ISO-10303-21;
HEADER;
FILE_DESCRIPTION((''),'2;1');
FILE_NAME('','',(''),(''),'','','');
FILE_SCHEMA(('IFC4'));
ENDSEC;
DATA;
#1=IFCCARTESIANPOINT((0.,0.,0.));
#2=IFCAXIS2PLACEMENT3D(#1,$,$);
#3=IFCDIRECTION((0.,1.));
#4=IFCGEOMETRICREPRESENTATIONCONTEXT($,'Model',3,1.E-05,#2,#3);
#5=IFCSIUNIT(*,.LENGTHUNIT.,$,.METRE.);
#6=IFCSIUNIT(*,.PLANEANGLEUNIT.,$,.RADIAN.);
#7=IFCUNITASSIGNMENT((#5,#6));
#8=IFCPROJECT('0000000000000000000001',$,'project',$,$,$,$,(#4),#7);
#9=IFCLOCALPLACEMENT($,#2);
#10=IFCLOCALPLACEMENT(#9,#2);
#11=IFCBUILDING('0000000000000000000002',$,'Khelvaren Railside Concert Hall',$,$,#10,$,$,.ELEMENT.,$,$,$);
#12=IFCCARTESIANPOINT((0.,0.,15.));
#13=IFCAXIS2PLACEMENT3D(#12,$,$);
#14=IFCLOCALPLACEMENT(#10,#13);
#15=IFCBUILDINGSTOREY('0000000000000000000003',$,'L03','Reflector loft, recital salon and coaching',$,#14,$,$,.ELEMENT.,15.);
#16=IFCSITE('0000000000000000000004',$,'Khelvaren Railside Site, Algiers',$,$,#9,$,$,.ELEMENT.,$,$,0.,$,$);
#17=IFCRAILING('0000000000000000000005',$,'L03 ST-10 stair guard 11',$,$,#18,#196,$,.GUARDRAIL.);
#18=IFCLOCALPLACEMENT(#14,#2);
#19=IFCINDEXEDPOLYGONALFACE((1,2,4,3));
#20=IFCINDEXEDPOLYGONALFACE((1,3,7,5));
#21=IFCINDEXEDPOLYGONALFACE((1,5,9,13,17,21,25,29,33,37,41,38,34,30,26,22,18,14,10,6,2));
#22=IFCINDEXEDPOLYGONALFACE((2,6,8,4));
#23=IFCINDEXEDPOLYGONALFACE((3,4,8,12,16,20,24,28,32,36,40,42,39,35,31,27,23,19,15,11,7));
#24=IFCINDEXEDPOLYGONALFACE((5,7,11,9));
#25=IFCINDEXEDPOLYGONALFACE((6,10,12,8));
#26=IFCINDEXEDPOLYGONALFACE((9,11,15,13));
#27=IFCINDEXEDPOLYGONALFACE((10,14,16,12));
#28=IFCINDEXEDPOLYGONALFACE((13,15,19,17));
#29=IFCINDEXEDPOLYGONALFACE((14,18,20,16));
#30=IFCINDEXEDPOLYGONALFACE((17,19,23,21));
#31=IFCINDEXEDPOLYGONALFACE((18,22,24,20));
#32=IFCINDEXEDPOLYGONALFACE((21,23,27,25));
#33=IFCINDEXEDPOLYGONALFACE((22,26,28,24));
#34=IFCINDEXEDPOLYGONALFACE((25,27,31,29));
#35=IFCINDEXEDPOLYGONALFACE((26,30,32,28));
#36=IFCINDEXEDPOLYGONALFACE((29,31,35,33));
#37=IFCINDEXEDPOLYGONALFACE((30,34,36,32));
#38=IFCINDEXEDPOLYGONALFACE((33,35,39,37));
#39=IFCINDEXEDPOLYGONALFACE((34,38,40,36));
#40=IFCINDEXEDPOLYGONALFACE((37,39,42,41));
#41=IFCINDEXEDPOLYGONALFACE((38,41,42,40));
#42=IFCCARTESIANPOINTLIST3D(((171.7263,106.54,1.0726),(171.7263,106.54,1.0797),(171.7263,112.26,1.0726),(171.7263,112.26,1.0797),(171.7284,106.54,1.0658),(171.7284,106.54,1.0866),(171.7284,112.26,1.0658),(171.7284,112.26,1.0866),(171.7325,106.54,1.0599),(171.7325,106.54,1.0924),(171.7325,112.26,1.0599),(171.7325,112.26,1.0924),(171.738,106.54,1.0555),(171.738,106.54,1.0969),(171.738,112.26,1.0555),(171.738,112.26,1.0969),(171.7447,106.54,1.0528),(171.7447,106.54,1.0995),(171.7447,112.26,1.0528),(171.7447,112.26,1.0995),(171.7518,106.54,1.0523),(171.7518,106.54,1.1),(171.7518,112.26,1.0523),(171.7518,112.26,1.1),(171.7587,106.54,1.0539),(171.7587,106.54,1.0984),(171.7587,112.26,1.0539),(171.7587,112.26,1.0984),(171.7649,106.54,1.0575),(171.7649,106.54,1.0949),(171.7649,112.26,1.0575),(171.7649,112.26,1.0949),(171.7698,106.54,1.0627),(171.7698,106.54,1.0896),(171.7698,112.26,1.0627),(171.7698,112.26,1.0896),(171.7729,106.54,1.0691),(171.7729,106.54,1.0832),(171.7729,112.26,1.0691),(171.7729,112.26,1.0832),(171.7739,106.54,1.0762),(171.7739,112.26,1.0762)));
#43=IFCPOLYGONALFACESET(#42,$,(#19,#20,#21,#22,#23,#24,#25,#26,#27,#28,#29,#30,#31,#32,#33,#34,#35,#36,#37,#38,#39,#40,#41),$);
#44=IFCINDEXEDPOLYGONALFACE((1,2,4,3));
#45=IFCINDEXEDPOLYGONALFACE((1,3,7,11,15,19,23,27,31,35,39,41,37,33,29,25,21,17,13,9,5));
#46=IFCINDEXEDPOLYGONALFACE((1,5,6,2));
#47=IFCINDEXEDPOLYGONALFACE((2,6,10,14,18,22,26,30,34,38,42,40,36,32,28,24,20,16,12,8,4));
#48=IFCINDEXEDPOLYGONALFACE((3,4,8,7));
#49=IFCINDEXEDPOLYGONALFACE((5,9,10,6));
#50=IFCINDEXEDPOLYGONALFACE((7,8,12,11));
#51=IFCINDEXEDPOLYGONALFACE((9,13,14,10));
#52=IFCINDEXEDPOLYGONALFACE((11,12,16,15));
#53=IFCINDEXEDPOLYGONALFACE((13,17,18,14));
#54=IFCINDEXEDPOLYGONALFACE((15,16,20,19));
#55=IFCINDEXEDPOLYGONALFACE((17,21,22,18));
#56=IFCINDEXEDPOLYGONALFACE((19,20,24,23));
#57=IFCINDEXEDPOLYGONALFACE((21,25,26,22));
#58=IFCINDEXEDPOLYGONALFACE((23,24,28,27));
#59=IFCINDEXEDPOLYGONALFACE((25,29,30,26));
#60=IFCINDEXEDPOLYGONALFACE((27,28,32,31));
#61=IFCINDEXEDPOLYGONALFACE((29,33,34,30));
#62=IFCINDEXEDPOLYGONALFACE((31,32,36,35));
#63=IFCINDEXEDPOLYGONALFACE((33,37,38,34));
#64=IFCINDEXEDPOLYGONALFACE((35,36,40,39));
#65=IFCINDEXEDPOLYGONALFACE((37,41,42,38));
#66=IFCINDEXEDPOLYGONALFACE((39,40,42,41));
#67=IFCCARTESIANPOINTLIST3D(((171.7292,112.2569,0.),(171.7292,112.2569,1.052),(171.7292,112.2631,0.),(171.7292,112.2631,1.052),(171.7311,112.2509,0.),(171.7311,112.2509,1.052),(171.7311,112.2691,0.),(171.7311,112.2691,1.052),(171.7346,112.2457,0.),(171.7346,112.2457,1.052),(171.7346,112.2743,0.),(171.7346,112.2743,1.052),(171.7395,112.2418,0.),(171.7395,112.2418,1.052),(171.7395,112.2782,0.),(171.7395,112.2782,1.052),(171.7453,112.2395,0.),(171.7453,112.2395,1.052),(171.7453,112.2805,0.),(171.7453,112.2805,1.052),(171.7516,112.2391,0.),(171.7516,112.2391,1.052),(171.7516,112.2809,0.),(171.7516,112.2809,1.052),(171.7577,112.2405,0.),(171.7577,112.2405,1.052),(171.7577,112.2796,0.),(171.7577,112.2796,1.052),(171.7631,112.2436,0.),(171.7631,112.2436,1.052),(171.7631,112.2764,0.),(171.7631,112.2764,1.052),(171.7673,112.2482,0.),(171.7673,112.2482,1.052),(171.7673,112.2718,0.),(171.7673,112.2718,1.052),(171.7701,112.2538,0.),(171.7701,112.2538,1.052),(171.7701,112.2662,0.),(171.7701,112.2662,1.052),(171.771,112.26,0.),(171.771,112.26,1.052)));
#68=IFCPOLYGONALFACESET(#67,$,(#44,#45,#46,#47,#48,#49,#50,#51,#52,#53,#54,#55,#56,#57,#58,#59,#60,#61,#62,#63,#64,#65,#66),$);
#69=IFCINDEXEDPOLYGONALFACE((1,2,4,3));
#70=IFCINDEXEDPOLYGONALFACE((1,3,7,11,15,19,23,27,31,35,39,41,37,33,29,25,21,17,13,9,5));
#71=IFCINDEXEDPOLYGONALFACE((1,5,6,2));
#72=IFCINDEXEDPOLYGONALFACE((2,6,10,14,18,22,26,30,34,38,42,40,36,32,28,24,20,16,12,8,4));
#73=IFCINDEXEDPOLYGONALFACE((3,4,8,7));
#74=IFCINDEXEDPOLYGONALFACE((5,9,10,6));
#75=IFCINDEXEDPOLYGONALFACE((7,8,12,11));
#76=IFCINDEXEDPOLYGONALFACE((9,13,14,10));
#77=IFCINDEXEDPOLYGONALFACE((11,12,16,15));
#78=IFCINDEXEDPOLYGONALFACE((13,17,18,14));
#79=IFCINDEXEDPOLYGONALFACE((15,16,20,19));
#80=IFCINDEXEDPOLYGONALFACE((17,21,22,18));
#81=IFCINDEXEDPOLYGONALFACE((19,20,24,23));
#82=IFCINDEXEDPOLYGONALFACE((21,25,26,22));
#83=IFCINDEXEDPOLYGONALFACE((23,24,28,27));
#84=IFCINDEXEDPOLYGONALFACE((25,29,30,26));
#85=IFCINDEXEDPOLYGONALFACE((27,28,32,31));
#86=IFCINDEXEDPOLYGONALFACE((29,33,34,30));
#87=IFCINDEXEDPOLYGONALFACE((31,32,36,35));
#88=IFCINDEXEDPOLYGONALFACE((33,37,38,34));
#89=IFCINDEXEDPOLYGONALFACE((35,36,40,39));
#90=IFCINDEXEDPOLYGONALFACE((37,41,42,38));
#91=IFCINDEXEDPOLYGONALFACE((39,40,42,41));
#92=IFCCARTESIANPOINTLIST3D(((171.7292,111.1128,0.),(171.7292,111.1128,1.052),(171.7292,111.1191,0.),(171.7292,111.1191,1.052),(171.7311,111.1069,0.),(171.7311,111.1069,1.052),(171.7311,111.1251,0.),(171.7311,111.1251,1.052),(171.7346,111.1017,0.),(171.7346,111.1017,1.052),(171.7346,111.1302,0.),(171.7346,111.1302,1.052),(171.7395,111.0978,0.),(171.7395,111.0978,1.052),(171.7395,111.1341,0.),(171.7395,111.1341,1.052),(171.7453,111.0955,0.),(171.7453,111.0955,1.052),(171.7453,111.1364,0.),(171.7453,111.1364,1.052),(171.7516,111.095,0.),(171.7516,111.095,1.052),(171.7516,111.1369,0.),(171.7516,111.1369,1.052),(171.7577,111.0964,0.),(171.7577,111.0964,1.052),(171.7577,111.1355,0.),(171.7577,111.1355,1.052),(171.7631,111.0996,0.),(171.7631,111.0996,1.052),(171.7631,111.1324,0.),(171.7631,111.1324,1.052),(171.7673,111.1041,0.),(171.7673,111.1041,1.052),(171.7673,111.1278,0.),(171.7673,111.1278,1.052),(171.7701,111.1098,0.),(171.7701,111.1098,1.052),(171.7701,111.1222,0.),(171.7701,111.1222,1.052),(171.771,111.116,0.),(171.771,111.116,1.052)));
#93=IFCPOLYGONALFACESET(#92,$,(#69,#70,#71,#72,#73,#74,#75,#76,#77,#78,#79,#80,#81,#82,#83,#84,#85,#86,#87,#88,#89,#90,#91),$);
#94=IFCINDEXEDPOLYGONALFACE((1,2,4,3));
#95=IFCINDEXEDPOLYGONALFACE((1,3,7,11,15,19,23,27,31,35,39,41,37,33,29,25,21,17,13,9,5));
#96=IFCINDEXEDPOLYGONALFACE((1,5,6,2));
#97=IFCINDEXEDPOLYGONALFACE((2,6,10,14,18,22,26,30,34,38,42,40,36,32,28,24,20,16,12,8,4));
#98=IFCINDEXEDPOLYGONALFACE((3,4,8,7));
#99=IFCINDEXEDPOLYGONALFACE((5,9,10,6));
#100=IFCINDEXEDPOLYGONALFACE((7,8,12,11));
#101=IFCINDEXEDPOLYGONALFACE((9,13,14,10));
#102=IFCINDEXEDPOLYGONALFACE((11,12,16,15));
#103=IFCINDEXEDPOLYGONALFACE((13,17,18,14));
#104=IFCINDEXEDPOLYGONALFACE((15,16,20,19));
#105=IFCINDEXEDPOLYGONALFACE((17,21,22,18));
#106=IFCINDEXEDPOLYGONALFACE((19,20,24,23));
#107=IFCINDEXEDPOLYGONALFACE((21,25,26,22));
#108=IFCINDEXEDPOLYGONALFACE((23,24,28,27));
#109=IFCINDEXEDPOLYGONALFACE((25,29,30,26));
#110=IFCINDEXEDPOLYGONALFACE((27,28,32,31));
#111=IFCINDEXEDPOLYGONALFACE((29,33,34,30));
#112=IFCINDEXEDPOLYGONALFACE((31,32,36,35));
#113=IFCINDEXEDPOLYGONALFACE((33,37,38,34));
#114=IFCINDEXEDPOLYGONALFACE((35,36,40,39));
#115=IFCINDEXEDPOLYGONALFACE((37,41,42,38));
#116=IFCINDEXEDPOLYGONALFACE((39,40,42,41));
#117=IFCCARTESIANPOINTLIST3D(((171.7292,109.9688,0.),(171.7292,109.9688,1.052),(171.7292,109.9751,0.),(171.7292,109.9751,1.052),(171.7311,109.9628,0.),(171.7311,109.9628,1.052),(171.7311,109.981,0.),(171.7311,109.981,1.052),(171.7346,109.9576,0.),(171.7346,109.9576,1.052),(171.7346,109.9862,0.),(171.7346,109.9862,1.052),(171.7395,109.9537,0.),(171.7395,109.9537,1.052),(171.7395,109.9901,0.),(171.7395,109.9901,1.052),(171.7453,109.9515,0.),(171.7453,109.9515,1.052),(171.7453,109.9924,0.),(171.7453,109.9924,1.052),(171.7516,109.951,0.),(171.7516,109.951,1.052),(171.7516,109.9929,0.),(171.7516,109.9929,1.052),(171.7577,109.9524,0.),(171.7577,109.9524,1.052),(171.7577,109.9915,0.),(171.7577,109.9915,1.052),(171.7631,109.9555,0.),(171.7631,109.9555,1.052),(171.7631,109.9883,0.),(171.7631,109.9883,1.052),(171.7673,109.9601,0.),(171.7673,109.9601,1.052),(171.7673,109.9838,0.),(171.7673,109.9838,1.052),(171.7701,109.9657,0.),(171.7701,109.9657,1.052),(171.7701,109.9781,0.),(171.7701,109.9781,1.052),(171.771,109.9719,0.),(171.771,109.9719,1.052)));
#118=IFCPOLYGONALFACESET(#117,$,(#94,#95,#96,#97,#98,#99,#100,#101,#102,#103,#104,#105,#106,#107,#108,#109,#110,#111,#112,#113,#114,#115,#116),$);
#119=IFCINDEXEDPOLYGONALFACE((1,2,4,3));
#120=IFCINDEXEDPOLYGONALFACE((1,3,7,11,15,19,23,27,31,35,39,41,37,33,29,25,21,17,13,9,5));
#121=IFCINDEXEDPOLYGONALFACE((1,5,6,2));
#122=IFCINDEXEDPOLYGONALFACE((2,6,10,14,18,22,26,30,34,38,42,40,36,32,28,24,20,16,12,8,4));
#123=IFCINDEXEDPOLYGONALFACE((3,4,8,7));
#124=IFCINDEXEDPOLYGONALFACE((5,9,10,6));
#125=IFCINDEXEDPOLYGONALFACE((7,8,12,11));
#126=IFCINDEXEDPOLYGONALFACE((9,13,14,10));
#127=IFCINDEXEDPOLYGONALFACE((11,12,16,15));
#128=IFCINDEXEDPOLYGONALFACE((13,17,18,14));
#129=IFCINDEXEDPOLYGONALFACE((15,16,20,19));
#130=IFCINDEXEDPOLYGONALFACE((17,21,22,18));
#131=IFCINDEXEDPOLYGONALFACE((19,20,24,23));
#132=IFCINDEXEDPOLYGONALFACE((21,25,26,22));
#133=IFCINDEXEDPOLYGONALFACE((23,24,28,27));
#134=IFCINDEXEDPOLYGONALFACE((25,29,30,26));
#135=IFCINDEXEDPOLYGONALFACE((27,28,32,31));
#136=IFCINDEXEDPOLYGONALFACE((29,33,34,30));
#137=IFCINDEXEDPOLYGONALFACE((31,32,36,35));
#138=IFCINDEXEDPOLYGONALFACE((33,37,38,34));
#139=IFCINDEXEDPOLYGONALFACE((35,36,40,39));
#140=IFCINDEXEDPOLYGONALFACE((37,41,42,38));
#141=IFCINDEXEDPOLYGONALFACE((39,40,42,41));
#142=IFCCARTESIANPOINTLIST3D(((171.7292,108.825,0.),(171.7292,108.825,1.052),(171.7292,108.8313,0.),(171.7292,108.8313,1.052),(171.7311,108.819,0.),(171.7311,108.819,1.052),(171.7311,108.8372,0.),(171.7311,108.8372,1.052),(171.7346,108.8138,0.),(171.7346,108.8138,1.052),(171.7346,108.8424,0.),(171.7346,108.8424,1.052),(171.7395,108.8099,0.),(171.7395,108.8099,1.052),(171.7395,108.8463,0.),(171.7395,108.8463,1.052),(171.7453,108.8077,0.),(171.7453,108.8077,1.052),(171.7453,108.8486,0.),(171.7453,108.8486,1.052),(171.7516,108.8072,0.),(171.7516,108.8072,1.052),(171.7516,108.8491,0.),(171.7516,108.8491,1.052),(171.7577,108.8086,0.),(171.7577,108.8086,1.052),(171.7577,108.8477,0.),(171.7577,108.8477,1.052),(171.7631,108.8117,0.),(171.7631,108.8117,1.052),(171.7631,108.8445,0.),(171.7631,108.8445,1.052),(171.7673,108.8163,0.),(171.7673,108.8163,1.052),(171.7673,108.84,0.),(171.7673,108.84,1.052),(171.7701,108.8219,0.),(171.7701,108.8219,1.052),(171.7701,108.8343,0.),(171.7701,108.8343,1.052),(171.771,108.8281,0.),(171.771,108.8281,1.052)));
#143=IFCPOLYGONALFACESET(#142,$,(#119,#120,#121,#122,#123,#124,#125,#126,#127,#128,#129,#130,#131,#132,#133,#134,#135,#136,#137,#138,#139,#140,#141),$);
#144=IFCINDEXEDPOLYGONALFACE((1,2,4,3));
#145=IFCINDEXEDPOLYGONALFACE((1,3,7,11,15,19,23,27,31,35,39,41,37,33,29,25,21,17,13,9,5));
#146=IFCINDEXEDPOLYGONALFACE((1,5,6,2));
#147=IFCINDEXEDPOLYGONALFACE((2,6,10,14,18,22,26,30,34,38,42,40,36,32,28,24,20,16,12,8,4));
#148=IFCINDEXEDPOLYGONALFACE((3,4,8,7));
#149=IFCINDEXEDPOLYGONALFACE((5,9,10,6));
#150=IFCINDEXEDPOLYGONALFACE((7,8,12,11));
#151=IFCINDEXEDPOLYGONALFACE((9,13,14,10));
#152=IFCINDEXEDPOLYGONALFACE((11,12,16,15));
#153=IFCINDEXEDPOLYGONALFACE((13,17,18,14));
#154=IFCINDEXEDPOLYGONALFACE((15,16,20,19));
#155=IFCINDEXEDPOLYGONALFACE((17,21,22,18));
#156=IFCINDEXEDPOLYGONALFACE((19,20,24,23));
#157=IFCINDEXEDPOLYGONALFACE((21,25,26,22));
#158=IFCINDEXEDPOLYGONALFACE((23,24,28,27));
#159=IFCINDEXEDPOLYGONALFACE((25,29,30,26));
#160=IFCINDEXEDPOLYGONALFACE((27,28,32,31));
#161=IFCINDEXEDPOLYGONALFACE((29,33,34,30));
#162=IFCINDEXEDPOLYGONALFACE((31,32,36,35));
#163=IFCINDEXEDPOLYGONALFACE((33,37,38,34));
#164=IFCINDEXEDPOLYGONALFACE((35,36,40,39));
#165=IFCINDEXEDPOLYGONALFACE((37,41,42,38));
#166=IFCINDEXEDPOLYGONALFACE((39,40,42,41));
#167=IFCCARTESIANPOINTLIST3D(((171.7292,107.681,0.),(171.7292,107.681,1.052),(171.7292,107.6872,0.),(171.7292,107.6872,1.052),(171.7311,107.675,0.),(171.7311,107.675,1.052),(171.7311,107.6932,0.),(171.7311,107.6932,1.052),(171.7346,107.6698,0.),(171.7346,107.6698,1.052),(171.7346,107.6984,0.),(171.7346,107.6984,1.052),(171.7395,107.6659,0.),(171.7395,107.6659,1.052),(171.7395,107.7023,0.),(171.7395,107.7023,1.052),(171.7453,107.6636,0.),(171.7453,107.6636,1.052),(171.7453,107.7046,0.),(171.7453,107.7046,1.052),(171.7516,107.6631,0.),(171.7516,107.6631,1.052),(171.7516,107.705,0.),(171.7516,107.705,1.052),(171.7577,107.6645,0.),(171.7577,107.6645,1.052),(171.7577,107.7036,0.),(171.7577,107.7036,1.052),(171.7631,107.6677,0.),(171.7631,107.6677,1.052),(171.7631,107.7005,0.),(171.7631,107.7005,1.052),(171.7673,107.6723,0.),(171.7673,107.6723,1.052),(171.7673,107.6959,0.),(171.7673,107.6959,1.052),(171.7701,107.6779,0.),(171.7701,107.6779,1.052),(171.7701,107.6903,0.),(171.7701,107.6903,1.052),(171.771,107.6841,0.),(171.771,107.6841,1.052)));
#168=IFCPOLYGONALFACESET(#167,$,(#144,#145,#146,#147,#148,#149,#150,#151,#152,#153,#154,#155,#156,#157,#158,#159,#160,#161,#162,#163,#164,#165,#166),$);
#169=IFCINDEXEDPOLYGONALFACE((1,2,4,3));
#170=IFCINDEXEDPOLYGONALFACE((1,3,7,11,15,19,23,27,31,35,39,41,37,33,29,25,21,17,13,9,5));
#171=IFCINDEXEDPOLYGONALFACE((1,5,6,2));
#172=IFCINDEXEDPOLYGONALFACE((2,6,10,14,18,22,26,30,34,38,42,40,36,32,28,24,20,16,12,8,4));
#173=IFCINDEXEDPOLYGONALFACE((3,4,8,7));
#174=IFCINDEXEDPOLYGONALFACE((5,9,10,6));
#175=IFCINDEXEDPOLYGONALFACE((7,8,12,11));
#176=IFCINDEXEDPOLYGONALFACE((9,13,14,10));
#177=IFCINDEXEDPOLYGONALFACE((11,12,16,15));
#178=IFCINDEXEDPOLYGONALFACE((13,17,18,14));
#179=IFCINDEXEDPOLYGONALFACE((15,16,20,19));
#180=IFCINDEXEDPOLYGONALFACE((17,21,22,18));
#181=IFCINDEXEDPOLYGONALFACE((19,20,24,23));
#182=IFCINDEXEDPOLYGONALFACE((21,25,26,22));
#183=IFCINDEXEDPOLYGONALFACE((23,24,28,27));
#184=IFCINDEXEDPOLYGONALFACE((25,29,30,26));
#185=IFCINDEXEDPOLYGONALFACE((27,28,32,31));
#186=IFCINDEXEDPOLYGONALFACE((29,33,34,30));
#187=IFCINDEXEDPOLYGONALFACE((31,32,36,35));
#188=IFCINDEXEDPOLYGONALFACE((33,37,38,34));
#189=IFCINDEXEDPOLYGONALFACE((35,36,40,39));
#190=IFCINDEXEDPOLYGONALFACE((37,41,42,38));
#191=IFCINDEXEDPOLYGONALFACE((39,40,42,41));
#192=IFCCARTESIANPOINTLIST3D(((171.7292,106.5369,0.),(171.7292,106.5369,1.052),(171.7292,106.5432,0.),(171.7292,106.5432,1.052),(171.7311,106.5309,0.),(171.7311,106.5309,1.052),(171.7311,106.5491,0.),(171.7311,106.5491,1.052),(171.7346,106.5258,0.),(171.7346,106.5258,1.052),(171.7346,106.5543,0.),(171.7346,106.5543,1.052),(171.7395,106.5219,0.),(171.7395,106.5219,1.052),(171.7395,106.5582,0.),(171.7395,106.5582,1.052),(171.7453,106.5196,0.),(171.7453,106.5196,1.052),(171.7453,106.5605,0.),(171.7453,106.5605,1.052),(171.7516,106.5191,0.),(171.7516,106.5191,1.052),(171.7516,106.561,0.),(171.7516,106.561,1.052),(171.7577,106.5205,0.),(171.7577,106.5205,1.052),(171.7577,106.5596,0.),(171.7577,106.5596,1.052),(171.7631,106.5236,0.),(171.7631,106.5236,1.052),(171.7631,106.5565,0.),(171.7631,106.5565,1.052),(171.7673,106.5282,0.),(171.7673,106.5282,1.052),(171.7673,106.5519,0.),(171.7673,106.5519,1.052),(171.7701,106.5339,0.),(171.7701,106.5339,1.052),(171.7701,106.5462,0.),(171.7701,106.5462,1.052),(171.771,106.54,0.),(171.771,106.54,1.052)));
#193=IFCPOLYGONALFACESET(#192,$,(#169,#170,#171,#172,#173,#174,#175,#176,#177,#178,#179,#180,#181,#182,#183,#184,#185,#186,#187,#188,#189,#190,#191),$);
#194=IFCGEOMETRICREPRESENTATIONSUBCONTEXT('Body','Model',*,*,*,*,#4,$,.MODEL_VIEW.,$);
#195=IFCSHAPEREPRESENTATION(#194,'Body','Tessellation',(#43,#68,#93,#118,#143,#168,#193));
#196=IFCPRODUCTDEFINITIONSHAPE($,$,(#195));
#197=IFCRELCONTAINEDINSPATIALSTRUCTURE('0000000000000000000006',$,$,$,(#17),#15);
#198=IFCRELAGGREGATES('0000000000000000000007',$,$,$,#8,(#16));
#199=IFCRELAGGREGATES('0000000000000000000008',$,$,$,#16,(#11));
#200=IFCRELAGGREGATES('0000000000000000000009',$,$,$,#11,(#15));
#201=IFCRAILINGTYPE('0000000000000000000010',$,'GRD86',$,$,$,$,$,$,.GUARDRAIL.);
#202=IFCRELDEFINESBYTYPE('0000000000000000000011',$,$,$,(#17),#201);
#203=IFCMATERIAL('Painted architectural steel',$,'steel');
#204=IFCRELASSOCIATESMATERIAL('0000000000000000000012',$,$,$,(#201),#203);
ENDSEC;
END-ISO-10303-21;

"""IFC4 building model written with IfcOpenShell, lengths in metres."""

from ifc_helpers import new_model, si_unit, direction, frame, origin, origin_2d, place, context, subcontext, project, spatial, circle, extrude, material, type_object, element, save


model = new_model("IFC4")

# Units and contexts
model_context = context("Model", 3, precision=1e-05, world=origin(), true_north=direction((0.0, 1.0)))
body_context = subcontext(model_context, "Body", "Model", "MODEL_VIEW")
ifc_project = project(units=[si_unit("LENGTHUNIT", "METRE"), si_unit("PLANEANGLEUNIT", "RADIAN")], contexts=[model_context])

# Site, building, storey
site_placement = place(None, origin())
site = spatial("IfcSite", under=ifc_project, at=site_placement, Name="Khelvaren Railside Site, Algiers", CompositionType="ELEMENT", RefElevation=0.0)
building_placement = place(site_placement, origin())
building = spatial("IfcBuilding", under=site, at=building_placement, Name="Khelvaren Railside Concert Hall", CompositionType="ELEMENT")
storey_placement = place(building_placement, frame((0.0, 0.0, 15.0)))
storey = spatial("IfcBuildingStorey", under=building, at=storey_placement, Name="L03", Description="Reflector loft, recital salon and coaching", CompositionType="ELEMENT", Elevation=15.0)

# Railing
ifc_material_1 = material(Name="Painted architectural steel", Category="steel")
railing_type_1 = type_object("IfcRailingType", Name="GRD86", PredefinedType="GUARDRAIL", material=ifc_material_1)
for number, where, name in (
    (1, (171.75, 112.26, 0.0), "L03 ST-10 stair guard 11"),
):
    element("IfcRailing", number, at=place(storey_placement, frame(where)), inside=storey, type_object=railing_type_1, Name=name, PredefinedType="GUARDRAIL", context=body_context, shape_type="SweptSolid", body=[
        extrude(circle(Radius=0.0239, at=origin_2d()), frame((0.0, 0.0, 1.0762), z_axis=(0.0, -1.0, 0.0), x_axis=(1.0, 0.0, 0.0)), (0.0, 0.0, 1.0), 5.72),
        extrude(circle(Radius=0.021, at=origin_2d()), origin(), (0.0, 0.0, 1.0), 1.052),
        extrude(circle(Radius=0.021, at=origin_2d()), frame((0.0, -1.144, 0.0)), (0.0, 0.0, 1.0), 1.052),
        extrude(circle(Radius=0.021, at=origin_2d()), frame((0.0, -2.2881, 0.0)), (0.0, 0.0, 1.0), 1.052),
        extrude(circle(Radius=0.021, at=origin_2d()), frame((0.0, -3.4319, 0.0)), (0.0, 0.0, 1.0), 1.052),
        extrude(circle(Radius=0.021, at=origin_2d()), frame((0.0, -4.5759, 0.0)), (0.0, 0.0, 1.0), 1.052),
        extrude(circle(Radius=0.021, at=origin_2d()), frame((0.0, -5.72, 0.0)), (0.0, 0.0, 1.0), 1.052),
    ])

save(model, "model.ifc")
